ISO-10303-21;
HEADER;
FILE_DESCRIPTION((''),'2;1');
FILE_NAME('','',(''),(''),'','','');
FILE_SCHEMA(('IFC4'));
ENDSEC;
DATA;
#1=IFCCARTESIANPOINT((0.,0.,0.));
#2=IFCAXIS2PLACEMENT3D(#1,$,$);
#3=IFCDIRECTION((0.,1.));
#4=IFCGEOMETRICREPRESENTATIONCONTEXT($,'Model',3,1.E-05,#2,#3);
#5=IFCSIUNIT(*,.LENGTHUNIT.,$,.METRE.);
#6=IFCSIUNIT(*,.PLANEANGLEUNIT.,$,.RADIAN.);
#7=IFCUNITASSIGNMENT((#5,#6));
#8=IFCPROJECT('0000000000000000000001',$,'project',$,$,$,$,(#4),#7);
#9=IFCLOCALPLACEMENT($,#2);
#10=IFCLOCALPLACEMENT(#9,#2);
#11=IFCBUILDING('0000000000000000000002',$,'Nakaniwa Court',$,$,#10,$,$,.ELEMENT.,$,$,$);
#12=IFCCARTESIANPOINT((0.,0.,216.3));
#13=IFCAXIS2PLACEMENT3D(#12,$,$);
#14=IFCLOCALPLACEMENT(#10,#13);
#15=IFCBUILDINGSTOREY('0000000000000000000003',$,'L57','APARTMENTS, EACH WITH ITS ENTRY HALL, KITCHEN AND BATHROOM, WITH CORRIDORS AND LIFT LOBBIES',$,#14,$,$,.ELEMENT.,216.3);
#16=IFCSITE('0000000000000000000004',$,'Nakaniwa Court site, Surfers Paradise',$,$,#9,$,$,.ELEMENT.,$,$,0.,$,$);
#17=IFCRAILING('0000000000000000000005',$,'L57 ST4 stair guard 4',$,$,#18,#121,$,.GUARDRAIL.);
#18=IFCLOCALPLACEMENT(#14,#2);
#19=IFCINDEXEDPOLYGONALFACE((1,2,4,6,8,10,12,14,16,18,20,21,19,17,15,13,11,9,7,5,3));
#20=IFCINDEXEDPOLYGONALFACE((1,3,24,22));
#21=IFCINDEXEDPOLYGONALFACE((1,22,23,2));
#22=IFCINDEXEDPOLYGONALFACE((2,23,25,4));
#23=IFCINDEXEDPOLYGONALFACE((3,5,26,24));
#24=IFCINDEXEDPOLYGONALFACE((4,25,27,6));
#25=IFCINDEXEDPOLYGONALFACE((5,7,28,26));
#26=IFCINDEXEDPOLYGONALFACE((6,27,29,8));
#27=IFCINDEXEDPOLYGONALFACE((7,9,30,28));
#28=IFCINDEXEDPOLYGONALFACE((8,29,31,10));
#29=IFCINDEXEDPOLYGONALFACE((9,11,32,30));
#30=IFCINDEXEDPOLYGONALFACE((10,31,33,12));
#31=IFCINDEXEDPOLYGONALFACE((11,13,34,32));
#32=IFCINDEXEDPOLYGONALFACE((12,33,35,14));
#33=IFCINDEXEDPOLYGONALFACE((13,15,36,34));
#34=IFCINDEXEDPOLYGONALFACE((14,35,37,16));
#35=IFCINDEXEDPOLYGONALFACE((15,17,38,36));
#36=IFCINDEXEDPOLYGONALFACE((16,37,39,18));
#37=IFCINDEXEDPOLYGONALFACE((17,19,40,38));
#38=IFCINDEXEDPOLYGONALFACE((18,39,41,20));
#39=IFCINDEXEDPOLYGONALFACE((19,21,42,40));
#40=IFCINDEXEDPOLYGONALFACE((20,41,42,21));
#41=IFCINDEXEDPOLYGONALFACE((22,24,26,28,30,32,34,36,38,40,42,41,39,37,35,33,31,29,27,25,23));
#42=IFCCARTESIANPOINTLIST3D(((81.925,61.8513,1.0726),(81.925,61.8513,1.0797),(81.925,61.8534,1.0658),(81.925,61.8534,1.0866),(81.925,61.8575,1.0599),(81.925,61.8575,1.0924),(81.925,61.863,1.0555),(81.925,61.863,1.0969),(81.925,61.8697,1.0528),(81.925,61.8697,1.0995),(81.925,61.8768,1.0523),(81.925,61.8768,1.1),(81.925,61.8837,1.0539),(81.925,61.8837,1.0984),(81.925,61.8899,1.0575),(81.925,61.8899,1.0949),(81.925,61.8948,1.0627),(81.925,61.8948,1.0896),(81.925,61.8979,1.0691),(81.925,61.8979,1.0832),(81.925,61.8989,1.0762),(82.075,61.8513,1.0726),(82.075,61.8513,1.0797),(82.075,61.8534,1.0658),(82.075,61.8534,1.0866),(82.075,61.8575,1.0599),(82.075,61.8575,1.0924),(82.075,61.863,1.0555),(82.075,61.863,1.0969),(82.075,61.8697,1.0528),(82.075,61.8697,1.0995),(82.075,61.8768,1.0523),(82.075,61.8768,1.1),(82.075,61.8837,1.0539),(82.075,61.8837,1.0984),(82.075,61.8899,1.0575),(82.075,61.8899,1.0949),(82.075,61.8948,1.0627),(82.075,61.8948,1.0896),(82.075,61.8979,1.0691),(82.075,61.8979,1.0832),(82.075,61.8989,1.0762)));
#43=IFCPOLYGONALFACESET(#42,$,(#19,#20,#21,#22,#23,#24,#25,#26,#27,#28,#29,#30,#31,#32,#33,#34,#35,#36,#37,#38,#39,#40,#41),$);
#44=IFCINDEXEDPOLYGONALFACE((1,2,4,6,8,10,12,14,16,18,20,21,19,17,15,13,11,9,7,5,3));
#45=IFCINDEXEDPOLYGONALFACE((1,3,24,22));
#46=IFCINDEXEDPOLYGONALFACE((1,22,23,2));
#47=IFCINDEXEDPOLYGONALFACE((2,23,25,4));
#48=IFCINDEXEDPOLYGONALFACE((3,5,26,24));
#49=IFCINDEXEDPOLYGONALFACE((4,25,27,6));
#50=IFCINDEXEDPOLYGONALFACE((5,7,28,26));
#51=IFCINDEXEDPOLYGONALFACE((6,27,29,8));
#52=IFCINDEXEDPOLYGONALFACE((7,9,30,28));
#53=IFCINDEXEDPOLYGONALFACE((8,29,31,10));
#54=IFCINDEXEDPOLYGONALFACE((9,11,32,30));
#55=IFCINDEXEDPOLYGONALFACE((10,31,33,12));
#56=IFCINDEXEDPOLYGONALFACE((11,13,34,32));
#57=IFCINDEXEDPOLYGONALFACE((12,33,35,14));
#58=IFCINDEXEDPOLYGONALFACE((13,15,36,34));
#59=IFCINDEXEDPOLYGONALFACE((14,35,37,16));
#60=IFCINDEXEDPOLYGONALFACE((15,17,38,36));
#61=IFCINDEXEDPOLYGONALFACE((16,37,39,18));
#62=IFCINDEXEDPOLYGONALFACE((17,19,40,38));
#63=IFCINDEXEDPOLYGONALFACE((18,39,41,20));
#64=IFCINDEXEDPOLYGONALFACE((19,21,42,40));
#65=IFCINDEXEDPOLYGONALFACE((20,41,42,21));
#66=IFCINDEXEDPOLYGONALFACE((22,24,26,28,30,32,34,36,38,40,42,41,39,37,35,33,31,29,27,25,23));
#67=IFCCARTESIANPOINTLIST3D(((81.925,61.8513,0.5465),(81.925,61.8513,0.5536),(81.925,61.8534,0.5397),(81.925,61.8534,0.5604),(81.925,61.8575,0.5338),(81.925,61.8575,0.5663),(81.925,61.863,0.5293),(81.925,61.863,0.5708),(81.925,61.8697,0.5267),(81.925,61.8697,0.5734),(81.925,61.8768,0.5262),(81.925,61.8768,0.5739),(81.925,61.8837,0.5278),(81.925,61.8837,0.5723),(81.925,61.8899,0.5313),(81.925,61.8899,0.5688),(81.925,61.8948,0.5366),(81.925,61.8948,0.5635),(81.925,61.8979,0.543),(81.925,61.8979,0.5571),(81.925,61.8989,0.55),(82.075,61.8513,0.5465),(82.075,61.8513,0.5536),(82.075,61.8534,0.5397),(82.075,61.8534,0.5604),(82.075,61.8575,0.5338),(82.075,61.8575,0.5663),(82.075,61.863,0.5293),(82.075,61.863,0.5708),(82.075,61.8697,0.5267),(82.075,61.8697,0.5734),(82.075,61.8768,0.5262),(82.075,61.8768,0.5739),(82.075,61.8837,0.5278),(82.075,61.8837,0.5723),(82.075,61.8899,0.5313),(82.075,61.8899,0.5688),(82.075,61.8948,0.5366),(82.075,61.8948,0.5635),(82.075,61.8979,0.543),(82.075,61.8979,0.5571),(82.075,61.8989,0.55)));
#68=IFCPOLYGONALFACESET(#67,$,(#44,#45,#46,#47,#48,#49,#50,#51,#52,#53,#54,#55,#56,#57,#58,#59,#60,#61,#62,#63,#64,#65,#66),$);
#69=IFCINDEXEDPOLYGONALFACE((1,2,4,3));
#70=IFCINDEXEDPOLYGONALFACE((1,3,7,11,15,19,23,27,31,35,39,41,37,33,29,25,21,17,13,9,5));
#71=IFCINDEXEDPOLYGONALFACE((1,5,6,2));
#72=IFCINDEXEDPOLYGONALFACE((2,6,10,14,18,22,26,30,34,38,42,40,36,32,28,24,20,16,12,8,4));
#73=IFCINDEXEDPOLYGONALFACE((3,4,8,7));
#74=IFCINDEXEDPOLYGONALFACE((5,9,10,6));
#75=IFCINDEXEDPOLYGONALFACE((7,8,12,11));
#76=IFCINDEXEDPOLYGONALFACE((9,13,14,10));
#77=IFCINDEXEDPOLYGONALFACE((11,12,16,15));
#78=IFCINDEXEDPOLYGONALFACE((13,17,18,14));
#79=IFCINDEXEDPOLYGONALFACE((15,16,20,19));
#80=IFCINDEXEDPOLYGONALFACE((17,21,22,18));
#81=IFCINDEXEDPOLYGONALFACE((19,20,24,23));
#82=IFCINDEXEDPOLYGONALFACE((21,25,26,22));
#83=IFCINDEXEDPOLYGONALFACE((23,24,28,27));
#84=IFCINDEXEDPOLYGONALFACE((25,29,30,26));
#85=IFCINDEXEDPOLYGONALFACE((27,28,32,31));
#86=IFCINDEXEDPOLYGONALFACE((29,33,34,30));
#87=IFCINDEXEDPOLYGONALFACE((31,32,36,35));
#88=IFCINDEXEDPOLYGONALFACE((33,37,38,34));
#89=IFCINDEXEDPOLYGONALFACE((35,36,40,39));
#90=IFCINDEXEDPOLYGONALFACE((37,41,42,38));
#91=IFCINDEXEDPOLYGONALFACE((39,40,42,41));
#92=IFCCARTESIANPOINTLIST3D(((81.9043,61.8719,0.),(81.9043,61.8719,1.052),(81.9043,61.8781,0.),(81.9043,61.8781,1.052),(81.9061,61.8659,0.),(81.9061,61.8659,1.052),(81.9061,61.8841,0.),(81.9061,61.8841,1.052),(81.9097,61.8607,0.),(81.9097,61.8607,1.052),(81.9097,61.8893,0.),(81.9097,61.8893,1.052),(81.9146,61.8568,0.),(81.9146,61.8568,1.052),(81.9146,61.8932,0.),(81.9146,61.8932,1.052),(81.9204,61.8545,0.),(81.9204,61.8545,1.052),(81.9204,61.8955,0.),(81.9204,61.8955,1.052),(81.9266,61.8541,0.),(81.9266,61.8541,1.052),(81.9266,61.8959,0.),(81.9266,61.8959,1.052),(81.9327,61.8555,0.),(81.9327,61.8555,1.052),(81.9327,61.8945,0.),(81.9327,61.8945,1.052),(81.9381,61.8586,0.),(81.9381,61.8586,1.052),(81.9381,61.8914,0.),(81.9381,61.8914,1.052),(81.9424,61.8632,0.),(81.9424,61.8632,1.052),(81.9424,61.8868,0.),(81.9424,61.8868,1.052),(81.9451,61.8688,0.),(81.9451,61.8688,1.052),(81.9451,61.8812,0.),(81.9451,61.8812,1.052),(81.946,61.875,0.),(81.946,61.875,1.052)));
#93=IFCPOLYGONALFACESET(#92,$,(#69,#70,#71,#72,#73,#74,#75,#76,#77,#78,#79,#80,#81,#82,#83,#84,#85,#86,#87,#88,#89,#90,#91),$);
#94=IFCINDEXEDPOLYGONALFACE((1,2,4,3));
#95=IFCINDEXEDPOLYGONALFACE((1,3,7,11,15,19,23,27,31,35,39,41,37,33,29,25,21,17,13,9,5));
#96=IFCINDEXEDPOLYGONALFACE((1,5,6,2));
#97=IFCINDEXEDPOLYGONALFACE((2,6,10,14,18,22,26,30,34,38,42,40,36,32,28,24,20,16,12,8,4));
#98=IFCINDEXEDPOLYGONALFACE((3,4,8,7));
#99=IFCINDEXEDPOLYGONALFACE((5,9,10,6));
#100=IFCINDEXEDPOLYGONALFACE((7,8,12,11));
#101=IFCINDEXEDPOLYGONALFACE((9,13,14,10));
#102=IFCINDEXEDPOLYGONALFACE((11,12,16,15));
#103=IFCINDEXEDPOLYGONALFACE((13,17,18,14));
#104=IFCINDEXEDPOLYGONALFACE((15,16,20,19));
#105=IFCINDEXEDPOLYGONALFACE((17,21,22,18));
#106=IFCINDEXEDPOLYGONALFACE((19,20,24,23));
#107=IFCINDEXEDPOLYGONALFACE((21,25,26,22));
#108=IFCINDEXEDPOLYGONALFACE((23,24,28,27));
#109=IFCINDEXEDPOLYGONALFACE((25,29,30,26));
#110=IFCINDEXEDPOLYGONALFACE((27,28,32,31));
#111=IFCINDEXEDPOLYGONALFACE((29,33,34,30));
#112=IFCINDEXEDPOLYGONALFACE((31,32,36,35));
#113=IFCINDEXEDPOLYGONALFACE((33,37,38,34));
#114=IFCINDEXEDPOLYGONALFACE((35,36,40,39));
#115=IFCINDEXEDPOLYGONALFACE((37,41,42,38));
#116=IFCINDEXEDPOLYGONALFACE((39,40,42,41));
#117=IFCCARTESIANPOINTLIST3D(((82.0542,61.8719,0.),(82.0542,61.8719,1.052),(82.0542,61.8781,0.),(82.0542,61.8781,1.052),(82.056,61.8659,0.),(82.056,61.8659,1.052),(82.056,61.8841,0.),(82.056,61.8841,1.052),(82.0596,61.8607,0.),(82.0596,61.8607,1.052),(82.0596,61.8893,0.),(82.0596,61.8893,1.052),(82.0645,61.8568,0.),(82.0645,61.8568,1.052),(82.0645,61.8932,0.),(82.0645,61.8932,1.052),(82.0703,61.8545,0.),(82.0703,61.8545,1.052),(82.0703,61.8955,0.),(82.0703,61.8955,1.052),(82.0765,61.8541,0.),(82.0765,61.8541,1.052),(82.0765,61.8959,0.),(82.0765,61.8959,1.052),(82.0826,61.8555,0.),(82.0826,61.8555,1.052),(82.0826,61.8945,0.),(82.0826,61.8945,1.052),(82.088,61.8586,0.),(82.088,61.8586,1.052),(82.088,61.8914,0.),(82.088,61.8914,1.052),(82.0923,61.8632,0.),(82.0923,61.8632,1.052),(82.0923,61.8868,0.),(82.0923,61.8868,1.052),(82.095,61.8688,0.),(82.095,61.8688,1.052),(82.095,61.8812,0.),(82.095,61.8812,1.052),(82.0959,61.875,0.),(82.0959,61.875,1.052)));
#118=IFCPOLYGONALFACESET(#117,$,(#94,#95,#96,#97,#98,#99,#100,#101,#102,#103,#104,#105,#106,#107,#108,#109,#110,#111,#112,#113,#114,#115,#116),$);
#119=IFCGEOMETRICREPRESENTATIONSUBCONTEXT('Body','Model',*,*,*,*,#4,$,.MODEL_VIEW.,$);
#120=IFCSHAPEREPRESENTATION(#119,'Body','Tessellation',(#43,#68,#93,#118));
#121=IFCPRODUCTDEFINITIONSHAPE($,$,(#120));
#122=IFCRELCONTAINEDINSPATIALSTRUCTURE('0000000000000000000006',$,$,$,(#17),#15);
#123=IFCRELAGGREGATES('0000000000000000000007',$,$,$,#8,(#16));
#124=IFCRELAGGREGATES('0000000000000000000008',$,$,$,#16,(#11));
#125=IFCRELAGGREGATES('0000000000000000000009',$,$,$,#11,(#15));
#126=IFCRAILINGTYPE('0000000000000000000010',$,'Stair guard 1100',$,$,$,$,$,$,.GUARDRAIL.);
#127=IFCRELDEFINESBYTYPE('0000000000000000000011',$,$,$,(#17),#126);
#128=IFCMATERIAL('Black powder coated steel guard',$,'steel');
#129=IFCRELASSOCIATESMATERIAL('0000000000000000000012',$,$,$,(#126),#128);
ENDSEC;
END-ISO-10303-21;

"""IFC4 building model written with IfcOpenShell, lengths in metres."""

from ifc_helpers import new_model, si_unit, direction, frame, origin, origin_2d, place, context, subcontext, project, spatial, circle, extrude, material, type_object, element, save


model = new_model("IFC4")

# Units and contexts
model_context = context("Model", 3, precision=1e-05, world=origin(), true_north=direction((0.0, 1.0)))
body_context = subcontext(model_context, "Body", "Model", "MODEL_VIEW")
ifc_project = project(units=[si_unit("LENGTHUNIT", "METRE"), si_unit("PLANEANGLEUNIT", "RADIAN")], contexts=[model_context])

# Site, building, storey
site_placement = place(None, origin())
site = spatial("IfcSite", under=ifc_project, at=site_placement, Name="Nakaniwa Court site, Surfers Paradise", CompositionType="ELEMENT", RefElevation=0.0)
building_placement = place(site_placement, origin())
building = spatial("IfcBuilding", under=site, at=building_placement, Name="Nakaniwa Court", CompositionType="ELEMENT")
storey_placement = place(building_placement, frame((0.0, 0.0, 216.3)))
storey = spatial("IfcBuildingStorey", under=building, at=storey_placement, Name="L57", Description="APARTMENTS, EACH WITH ITS ENTRY HALL, KITCHEN AND BATHROOM, WITH CORRIDORS AND LIFT LOBBIES", CompositionType="ELEMENT", Elevation=216.3)

# Railing
ifc_material_1 = material(Name="Black powder coated steel guard", Category="steel")
railing_type_1 = type_object("IfcRailingType", Name="Stair guard 1100", PredefinedType="GUARDRAIL", material=ifc_material_1)
railing_1_placement = place(storey_placement, frame((81.925, 61.875, 0.0)))
element("IfcRailing", 1, at=railing_1_placement, inside=storey, type_object=railing_type_1, Name="L57 ST4 stair guard 4", PredefinedType="GUARDRAIL", context=body_context, shape_type="SweptSolid", body=[
    extrude(circle(Radius=0.0239, at=origin_2d()), frame((0.0, 0.0, 1.0762), z_axis=(1.0, 0.0, 0.0), x_axis=(0.0, 1.0, 0.0)), (0.0, 0.0, 1.0), 0.1499),
    extrude(circle(Radius=0.0239, at=origin_2d()), frame((0.0, 0.0, 0.55), z_axis=(1.0, 0.0, 0.0), x_axis=(0.0, 1.0, 0.0)), (0.0, 0.0, 1.0), 0.1499),
    extrude(circle(Radius=0.021, at=origin_2d()), origin(), (0.0, 0.0, 1.0), 1.052),
    extrude(circle(Radius=0.021, at=origin_2d()), frame((0.1499, 0.0, 0.0)), (0.0, 0.0, 1.0), 1.052),
])

save(model, "model.ifc")
